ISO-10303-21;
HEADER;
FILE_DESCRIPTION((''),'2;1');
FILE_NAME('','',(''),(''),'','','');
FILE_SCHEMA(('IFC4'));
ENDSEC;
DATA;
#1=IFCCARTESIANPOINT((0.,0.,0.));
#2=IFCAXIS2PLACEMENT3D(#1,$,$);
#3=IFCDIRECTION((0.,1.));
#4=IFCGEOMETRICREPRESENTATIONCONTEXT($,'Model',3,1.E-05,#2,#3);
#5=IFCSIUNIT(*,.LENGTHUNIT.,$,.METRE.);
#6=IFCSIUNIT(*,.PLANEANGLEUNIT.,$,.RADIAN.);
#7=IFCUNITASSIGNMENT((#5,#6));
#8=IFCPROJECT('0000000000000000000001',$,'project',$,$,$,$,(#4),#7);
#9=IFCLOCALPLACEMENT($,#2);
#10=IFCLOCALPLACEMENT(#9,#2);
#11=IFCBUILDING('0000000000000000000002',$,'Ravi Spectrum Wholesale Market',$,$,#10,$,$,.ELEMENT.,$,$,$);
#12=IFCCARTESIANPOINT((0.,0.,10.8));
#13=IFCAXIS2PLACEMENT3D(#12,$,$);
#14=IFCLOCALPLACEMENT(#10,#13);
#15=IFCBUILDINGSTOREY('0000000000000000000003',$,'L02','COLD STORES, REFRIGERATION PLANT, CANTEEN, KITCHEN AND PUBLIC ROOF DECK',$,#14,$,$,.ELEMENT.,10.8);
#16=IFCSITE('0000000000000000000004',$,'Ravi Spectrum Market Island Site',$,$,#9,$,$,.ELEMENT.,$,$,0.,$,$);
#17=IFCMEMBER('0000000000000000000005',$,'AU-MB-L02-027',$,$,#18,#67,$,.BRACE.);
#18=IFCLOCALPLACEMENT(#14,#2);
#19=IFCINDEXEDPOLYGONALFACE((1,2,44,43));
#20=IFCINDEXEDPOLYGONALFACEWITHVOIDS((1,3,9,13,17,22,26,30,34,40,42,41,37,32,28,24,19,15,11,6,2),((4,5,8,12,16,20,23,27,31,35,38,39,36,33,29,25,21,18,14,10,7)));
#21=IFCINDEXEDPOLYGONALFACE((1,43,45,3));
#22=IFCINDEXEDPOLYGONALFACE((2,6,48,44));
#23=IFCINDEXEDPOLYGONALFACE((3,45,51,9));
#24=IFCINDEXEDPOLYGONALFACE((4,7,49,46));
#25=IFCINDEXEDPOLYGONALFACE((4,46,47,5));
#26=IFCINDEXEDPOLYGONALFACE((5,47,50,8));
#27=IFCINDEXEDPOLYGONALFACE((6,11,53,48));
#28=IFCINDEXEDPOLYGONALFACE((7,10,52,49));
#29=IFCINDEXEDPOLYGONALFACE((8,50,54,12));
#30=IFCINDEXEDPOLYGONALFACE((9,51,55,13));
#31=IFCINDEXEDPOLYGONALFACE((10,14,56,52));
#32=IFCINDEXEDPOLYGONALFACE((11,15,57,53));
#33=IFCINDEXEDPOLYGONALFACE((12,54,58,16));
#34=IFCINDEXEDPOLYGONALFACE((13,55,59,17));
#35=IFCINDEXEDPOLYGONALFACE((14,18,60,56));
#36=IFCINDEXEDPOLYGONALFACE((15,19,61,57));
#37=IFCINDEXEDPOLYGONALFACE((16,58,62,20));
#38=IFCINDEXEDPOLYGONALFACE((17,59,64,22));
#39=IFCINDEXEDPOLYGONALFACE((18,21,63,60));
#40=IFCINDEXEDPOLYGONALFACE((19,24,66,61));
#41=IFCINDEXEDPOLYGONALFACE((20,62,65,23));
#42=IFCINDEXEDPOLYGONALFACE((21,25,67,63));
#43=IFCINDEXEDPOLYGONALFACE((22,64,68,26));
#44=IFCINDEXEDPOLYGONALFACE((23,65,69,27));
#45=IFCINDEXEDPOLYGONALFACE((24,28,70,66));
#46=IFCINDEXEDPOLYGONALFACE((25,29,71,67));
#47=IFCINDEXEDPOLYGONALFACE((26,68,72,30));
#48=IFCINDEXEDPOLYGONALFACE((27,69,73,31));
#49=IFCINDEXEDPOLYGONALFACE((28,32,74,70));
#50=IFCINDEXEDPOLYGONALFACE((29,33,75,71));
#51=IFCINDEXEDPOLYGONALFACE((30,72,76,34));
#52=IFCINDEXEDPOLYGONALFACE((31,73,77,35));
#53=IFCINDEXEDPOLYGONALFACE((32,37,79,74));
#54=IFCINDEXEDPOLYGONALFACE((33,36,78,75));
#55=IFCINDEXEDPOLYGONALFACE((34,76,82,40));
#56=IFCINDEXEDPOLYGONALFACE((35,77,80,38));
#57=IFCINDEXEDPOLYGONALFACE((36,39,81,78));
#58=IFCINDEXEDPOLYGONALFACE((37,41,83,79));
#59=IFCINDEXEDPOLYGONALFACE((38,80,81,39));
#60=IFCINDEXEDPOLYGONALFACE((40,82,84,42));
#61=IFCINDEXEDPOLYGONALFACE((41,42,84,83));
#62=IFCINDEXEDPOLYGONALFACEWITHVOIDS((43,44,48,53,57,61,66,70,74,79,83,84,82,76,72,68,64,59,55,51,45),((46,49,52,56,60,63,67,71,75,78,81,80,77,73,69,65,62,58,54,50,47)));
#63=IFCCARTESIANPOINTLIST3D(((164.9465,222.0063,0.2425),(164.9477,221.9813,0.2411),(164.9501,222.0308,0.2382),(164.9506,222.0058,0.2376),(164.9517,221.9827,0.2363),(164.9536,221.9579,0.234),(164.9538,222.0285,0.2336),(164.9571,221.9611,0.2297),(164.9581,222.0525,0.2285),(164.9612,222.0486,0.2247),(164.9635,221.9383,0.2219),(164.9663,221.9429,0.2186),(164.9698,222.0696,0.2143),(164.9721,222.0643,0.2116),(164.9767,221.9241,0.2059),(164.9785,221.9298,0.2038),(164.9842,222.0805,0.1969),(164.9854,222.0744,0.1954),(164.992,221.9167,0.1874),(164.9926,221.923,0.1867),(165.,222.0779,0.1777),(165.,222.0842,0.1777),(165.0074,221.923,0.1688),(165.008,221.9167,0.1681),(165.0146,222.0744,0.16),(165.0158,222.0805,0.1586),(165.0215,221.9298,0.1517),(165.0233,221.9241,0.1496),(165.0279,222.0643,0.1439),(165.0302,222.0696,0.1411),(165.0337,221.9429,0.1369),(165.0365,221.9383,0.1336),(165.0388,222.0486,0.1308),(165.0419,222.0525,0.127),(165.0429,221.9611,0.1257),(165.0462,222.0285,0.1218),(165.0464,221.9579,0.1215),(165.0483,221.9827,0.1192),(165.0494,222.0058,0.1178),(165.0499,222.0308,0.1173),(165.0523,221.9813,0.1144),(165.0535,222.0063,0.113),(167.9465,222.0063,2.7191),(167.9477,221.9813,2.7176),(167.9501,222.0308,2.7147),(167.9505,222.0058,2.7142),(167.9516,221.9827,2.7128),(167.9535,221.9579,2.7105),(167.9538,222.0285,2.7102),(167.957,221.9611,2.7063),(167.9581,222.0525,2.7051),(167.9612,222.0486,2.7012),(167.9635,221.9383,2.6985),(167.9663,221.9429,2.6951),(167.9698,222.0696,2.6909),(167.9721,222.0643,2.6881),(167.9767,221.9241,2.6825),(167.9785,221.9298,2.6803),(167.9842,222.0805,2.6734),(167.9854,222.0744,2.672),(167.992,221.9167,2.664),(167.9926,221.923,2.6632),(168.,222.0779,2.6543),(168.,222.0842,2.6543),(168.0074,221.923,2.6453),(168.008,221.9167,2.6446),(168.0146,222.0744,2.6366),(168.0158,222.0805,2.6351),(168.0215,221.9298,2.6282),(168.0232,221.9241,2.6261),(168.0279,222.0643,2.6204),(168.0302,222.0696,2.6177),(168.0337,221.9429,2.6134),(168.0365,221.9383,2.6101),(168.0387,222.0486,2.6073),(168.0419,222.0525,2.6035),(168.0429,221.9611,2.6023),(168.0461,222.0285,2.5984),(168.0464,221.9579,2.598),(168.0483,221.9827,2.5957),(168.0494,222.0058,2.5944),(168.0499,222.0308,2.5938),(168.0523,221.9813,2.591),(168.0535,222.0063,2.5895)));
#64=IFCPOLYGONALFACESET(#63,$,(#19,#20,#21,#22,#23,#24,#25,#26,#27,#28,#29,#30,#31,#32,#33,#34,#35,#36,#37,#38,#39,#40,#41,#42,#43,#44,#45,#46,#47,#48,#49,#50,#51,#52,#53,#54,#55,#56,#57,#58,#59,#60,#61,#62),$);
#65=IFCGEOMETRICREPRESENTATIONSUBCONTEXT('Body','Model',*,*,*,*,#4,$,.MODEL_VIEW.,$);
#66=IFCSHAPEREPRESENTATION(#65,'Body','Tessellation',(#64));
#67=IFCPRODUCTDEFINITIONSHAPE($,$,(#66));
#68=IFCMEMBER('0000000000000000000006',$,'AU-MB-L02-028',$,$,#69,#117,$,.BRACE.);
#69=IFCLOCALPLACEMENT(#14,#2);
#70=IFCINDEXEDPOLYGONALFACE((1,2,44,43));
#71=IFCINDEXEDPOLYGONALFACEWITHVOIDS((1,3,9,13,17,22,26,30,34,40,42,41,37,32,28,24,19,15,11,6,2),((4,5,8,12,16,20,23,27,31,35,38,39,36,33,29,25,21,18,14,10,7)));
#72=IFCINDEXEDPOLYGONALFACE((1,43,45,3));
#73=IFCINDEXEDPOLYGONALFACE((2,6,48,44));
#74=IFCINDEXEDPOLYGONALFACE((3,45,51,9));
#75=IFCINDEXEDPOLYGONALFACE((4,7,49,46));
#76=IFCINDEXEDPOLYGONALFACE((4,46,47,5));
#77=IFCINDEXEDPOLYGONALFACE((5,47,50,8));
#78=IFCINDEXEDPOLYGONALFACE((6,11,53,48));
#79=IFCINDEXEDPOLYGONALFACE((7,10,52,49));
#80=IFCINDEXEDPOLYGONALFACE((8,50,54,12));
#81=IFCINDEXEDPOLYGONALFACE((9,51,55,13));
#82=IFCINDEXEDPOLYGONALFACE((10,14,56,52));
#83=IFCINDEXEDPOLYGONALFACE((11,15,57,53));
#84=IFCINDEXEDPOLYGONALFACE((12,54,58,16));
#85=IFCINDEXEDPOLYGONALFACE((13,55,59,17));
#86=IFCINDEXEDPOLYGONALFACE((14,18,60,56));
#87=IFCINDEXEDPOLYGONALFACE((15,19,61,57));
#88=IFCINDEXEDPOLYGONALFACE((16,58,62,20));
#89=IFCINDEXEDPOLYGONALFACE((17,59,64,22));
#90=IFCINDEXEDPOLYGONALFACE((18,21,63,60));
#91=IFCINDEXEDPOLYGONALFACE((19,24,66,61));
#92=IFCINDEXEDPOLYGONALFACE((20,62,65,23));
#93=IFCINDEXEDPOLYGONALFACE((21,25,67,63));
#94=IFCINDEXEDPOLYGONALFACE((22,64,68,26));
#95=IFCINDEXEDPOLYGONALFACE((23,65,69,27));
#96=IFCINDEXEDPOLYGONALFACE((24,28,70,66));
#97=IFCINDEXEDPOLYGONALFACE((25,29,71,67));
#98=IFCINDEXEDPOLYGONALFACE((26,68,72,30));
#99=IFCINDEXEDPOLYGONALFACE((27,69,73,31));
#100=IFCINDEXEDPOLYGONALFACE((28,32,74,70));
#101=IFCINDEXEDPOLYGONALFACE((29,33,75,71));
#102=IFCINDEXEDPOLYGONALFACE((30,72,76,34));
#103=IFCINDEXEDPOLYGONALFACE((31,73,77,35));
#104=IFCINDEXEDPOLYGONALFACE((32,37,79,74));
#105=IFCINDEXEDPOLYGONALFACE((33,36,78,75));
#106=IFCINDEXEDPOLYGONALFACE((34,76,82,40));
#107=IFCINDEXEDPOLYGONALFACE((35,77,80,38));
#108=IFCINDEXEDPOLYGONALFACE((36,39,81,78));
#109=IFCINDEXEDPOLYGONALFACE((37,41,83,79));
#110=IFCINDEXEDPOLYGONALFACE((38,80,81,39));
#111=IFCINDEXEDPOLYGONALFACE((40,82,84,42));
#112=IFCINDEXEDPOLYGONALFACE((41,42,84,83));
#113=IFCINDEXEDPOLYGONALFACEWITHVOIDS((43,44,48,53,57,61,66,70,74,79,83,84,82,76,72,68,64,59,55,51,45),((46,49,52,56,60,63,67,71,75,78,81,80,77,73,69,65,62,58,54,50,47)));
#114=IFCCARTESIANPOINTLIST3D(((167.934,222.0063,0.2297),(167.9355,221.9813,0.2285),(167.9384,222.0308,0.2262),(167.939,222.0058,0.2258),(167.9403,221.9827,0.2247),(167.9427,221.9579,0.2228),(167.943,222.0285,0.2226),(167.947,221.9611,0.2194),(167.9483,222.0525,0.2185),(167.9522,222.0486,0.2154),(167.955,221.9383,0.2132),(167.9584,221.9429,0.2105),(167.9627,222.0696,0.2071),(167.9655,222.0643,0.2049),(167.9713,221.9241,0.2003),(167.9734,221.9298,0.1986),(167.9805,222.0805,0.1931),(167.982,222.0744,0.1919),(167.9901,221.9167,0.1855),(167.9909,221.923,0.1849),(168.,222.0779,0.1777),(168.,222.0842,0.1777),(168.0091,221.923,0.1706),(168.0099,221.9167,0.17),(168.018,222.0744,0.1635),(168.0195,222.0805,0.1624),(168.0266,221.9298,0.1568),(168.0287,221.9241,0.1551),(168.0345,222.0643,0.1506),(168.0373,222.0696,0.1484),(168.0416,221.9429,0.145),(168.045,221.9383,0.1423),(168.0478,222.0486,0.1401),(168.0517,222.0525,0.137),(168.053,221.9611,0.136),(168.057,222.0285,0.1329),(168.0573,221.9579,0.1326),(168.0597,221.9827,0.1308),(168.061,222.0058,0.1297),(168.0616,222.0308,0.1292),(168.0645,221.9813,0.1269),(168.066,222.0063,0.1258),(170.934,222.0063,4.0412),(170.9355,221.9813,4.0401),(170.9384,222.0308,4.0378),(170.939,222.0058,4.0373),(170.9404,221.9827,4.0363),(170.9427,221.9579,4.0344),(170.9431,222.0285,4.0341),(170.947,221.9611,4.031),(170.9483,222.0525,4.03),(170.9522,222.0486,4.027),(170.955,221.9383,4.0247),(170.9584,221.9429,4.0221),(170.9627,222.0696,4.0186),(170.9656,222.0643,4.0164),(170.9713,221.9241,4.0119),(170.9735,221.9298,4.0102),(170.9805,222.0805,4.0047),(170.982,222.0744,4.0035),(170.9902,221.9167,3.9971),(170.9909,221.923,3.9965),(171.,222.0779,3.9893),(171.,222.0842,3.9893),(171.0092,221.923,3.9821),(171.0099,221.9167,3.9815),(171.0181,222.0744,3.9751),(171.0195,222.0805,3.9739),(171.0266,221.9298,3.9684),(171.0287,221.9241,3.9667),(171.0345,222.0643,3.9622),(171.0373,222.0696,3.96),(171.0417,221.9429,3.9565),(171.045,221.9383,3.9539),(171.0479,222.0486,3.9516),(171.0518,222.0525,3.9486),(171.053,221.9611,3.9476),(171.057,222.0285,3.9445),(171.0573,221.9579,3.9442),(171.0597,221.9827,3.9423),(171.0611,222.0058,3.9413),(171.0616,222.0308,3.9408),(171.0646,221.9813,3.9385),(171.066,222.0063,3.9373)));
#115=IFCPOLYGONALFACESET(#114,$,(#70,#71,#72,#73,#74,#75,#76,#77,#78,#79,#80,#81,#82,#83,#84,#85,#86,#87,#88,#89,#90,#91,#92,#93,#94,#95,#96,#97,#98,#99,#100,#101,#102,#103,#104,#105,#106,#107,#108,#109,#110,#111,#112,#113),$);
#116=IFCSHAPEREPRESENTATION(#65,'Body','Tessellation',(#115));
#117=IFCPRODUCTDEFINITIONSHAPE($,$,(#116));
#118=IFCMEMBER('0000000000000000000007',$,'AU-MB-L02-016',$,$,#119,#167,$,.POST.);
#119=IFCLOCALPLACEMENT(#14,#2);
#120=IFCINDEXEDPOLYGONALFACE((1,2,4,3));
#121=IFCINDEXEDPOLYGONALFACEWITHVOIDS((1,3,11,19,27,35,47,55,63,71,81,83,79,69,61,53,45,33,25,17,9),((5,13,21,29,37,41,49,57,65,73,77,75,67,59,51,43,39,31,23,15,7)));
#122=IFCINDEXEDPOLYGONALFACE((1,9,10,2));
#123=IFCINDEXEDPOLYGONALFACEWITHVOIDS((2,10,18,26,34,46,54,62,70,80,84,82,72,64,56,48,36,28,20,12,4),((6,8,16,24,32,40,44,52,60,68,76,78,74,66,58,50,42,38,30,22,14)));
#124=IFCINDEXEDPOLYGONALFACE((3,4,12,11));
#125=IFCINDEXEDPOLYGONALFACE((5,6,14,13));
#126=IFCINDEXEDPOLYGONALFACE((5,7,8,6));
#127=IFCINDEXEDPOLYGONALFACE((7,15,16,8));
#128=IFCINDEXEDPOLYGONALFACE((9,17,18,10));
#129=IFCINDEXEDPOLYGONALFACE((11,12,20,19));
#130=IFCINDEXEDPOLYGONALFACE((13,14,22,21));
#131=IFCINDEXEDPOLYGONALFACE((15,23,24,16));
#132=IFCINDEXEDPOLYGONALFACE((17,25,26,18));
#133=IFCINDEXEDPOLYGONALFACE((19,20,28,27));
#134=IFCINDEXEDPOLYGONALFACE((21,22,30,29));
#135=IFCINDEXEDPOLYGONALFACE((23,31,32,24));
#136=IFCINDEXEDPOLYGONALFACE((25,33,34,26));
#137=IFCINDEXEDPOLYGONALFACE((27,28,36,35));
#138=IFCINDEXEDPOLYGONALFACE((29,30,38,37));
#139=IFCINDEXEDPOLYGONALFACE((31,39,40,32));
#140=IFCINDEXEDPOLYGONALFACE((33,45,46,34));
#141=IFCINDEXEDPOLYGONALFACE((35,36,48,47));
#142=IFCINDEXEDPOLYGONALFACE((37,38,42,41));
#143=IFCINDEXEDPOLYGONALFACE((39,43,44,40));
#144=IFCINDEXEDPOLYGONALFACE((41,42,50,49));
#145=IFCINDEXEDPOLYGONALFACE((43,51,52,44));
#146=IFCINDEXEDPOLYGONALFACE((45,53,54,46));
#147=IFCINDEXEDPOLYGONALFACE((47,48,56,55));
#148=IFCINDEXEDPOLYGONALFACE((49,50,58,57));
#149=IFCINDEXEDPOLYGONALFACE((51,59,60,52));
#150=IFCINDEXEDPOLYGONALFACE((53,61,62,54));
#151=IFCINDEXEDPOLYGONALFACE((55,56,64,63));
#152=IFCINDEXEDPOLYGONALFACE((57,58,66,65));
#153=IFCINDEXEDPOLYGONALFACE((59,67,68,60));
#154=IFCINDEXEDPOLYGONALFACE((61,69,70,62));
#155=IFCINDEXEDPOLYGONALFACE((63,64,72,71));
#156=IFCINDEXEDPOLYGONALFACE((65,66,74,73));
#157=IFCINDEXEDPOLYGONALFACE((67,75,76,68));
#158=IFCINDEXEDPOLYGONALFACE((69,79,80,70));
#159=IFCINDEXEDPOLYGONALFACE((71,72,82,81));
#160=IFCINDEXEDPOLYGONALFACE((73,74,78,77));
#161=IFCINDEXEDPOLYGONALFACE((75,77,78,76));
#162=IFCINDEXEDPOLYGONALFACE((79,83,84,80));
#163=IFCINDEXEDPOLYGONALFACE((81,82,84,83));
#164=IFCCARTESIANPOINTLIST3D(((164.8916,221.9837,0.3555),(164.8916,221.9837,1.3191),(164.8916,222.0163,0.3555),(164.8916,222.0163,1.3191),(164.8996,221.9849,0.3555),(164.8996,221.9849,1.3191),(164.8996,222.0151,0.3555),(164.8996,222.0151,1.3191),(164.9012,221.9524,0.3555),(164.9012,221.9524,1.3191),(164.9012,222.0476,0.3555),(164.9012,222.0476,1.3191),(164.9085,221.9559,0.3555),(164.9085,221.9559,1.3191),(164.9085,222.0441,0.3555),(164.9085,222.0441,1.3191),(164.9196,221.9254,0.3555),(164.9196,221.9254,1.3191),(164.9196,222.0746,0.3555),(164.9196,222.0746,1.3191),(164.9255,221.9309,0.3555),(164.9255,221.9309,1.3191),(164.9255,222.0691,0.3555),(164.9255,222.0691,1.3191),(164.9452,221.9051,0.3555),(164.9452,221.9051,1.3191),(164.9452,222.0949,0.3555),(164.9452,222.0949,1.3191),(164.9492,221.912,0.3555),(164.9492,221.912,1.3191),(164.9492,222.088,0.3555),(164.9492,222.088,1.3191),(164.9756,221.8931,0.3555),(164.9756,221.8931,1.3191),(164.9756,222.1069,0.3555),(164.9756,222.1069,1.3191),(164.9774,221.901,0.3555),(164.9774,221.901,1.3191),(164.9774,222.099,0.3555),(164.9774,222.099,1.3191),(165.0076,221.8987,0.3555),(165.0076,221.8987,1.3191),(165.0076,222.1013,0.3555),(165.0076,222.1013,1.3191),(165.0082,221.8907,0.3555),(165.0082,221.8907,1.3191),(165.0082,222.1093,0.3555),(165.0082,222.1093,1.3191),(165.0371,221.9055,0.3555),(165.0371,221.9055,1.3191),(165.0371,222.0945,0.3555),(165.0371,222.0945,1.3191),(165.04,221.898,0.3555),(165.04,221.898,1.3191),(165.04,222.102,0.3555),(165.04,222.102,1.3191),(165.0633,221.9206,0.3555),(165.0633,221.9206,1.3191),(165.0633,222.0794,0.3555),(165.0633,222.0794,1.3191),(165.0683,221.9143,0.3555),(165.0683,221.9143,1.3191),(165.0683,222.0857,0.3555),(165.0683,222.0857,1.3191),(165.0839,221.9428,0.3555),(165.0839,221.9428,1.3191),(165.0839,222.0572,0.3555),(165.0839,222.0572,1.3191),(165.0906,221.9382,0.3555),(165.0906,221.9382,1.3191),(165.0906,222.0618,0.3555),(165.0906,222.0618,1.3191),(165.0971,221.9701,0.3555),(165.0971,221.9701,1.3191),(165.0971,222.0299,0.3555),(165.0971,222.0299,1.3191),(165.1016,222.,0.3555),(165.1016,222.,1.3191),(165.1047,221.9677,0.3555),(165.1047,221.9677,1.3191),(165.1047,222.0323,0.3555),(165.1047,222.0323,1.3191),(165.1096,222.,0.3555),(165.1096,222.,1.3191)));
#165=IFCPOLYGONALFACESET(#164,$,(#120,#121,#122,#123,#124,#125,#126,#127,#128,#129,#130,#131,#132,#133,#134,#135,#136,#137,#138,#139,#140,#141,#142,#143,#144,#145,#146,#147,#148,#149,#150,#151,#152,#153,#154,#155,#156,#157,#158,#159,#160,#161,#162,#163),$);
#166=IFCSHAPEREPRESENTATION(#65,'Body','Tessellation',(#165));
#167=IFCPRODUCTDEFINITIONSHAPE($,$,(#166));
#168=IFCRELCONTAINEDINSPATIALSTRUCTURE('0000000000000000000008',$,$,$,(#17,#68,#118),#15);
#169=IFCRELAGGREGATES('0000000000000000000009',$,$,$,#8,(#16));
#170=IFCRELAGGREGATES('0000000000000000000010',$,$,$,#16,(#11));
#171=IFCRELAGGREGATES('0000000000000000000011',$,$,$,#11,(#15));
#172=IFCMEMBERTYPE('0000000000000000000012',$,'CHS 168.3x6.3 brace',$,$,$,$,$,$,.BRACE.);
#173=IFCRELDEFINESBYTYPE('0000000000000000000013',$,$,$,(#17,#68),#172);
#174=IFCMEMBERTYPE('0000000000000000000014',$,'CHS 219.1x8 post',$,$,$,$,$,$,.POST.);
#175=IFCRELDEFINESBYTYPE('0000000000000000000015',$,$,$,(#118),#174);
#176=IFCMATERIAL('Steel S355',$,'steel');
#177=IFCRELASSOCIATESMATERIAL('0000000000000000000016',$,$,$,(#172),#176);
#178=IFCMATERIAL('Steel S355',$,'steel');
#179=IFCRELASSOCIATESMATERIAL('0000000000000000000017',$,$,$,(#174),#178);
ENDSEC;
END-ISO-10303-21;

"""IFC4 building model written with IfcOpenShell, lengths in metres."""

from ifc_helpers import new_model, si_unit, direction, frame, origin, origin_2d, place, context, subcontext, project, spatial, hollow_circle, extrude, material, material_profile, profile_set, type_object, element, save


model = new_model("IFC4")

# Units and contexts
model_context = context("Model", 3, precision=1e-05, world=origin(), true_north=direction((0.0, 1.0)))
body_context = subcontext(model_context, "Body", "Model", "MODEL_VIEW")
ifc_project = project(units=[si_unit("LENGTHUNIT", "METRE"), si_unit("PLANEANGLEUNIT", "RADIAN")], contexts=[model_context])

# Site, building, storey
site_placement = place(None, origin())
site = spatial("IfcSite", under=ifc_project, at=site_placement, Name="Ravi Spectrum Market Island Site", CompositionType="ELEMENT", RefElevation=0.0)
building_placement = place(site_placement, origin())
building = spatial("IfcBuilding", under=site, at=building_placement, Name="Ravi Spectrum Wholesale Market", CompositionType="ELEMENT")
storey_placement = place(building_placement, frame((0.0, 0.0, 10.8)))
storey = spatial("IfcBuildingStorey", under=building, at=storey_placement, Name="L02", Description="COLD STORES, REFRIGERATION PLANT, CANTEEN, KITCHEN AND PUBLIC ROOF DECK", CompositionType="ELEMENT", Elevation=10.8)

# Members
ifc_material_1 = material(Name="Steel S355", Category="steel")
ifc_material_profile_1 = material_profile(ifc_material_1, hollow_circle(Radius=0.0842, WallThickness=0.0063, at=origin_2d()))
ifc_profile_set_1 = profile_set([ifc_material_profile_1], Name="Steel S355")
member_type_1 = type_object("IfcMemberType", Name="CHS 168.3x6.3 brace", PredefinedType="BRACE", material=ifc_profile_set_1)
member_1_placement = place(storey_placement, frame((165.0, 222.0, 0.1777), z_axis=(0.771176, 0.0, 0.636622), x_axis=(0.0, 1.0, 0.0)))
element("IfcMember", 1, at=member_1_placement, inside=storey, type_object=member_type_1, Name="AU-MB-L02-027", PredefinedType="BRACE", context=body_context, shape_type="SweptSolid", body=[
    extrude(hollow_circle(Radius=0.0842, WallThickness=0.0063, at=origin_2d()), origin(), (0.0, 0.0, 1.0), 3.8901),
])
member_2_placement = place(storey_placement, frame((168.0, 222.0, 0.1777), z_axis=(0.618488, 0.0, 0.785794), x_axis=(0.0, 1.0, 0.0)))
element("IfcMember", 2, at=member_2_placement, inside=storey, type_object=member_type_1, Name="AU-MB-L02-028", PredefinedType="BRACE", context=body_context, shape_type="SweptSolid", body=[
    extrude(hollow_circle(Radius=0.0842, WallThickness=0.0063, at=origin_2d()), origin(), (0.0, 0.0, 1.0), 4.8506),
])
ifc_material_2 = material(Name="Steel S355", Category="steel")
ifc_material_profile_2 = material_profile(ifc_material_2, hollow_circle(Radius=0.1096, WallThickness=0.0081, at=origin_2d()))
ifc_profile_set_2 = profile_set([ifc_material_profile_2], Name="Steel S355")
member_type_2 = type_object("IfcMemberType", Name="CHS 219.1x8 post", PredefinedType="POST", material=ifc_profile_set_2)
member_3_placement = place(storey_placement, frame((165.0, 222.0, 0.3555), z_axis=(0.0, 0.0, 1.0), x_axis=(1.0, 0.0, 0.0)))
element("IfcMember", 3, at=member_3_placement, inside=storey, type_object=member_type_2, Name="AU-MB-L02-016", PredefinedType="POST", context=body_context, shape_type="SweptSolid", body=[
    extrude(hollow_circle(Radius=0.1096, WallThickness=0.0081, at=origin_2d()), origin(), (0.0, 0.0, 1.0), 0.9636),
])

save(model, "model.ifc")
